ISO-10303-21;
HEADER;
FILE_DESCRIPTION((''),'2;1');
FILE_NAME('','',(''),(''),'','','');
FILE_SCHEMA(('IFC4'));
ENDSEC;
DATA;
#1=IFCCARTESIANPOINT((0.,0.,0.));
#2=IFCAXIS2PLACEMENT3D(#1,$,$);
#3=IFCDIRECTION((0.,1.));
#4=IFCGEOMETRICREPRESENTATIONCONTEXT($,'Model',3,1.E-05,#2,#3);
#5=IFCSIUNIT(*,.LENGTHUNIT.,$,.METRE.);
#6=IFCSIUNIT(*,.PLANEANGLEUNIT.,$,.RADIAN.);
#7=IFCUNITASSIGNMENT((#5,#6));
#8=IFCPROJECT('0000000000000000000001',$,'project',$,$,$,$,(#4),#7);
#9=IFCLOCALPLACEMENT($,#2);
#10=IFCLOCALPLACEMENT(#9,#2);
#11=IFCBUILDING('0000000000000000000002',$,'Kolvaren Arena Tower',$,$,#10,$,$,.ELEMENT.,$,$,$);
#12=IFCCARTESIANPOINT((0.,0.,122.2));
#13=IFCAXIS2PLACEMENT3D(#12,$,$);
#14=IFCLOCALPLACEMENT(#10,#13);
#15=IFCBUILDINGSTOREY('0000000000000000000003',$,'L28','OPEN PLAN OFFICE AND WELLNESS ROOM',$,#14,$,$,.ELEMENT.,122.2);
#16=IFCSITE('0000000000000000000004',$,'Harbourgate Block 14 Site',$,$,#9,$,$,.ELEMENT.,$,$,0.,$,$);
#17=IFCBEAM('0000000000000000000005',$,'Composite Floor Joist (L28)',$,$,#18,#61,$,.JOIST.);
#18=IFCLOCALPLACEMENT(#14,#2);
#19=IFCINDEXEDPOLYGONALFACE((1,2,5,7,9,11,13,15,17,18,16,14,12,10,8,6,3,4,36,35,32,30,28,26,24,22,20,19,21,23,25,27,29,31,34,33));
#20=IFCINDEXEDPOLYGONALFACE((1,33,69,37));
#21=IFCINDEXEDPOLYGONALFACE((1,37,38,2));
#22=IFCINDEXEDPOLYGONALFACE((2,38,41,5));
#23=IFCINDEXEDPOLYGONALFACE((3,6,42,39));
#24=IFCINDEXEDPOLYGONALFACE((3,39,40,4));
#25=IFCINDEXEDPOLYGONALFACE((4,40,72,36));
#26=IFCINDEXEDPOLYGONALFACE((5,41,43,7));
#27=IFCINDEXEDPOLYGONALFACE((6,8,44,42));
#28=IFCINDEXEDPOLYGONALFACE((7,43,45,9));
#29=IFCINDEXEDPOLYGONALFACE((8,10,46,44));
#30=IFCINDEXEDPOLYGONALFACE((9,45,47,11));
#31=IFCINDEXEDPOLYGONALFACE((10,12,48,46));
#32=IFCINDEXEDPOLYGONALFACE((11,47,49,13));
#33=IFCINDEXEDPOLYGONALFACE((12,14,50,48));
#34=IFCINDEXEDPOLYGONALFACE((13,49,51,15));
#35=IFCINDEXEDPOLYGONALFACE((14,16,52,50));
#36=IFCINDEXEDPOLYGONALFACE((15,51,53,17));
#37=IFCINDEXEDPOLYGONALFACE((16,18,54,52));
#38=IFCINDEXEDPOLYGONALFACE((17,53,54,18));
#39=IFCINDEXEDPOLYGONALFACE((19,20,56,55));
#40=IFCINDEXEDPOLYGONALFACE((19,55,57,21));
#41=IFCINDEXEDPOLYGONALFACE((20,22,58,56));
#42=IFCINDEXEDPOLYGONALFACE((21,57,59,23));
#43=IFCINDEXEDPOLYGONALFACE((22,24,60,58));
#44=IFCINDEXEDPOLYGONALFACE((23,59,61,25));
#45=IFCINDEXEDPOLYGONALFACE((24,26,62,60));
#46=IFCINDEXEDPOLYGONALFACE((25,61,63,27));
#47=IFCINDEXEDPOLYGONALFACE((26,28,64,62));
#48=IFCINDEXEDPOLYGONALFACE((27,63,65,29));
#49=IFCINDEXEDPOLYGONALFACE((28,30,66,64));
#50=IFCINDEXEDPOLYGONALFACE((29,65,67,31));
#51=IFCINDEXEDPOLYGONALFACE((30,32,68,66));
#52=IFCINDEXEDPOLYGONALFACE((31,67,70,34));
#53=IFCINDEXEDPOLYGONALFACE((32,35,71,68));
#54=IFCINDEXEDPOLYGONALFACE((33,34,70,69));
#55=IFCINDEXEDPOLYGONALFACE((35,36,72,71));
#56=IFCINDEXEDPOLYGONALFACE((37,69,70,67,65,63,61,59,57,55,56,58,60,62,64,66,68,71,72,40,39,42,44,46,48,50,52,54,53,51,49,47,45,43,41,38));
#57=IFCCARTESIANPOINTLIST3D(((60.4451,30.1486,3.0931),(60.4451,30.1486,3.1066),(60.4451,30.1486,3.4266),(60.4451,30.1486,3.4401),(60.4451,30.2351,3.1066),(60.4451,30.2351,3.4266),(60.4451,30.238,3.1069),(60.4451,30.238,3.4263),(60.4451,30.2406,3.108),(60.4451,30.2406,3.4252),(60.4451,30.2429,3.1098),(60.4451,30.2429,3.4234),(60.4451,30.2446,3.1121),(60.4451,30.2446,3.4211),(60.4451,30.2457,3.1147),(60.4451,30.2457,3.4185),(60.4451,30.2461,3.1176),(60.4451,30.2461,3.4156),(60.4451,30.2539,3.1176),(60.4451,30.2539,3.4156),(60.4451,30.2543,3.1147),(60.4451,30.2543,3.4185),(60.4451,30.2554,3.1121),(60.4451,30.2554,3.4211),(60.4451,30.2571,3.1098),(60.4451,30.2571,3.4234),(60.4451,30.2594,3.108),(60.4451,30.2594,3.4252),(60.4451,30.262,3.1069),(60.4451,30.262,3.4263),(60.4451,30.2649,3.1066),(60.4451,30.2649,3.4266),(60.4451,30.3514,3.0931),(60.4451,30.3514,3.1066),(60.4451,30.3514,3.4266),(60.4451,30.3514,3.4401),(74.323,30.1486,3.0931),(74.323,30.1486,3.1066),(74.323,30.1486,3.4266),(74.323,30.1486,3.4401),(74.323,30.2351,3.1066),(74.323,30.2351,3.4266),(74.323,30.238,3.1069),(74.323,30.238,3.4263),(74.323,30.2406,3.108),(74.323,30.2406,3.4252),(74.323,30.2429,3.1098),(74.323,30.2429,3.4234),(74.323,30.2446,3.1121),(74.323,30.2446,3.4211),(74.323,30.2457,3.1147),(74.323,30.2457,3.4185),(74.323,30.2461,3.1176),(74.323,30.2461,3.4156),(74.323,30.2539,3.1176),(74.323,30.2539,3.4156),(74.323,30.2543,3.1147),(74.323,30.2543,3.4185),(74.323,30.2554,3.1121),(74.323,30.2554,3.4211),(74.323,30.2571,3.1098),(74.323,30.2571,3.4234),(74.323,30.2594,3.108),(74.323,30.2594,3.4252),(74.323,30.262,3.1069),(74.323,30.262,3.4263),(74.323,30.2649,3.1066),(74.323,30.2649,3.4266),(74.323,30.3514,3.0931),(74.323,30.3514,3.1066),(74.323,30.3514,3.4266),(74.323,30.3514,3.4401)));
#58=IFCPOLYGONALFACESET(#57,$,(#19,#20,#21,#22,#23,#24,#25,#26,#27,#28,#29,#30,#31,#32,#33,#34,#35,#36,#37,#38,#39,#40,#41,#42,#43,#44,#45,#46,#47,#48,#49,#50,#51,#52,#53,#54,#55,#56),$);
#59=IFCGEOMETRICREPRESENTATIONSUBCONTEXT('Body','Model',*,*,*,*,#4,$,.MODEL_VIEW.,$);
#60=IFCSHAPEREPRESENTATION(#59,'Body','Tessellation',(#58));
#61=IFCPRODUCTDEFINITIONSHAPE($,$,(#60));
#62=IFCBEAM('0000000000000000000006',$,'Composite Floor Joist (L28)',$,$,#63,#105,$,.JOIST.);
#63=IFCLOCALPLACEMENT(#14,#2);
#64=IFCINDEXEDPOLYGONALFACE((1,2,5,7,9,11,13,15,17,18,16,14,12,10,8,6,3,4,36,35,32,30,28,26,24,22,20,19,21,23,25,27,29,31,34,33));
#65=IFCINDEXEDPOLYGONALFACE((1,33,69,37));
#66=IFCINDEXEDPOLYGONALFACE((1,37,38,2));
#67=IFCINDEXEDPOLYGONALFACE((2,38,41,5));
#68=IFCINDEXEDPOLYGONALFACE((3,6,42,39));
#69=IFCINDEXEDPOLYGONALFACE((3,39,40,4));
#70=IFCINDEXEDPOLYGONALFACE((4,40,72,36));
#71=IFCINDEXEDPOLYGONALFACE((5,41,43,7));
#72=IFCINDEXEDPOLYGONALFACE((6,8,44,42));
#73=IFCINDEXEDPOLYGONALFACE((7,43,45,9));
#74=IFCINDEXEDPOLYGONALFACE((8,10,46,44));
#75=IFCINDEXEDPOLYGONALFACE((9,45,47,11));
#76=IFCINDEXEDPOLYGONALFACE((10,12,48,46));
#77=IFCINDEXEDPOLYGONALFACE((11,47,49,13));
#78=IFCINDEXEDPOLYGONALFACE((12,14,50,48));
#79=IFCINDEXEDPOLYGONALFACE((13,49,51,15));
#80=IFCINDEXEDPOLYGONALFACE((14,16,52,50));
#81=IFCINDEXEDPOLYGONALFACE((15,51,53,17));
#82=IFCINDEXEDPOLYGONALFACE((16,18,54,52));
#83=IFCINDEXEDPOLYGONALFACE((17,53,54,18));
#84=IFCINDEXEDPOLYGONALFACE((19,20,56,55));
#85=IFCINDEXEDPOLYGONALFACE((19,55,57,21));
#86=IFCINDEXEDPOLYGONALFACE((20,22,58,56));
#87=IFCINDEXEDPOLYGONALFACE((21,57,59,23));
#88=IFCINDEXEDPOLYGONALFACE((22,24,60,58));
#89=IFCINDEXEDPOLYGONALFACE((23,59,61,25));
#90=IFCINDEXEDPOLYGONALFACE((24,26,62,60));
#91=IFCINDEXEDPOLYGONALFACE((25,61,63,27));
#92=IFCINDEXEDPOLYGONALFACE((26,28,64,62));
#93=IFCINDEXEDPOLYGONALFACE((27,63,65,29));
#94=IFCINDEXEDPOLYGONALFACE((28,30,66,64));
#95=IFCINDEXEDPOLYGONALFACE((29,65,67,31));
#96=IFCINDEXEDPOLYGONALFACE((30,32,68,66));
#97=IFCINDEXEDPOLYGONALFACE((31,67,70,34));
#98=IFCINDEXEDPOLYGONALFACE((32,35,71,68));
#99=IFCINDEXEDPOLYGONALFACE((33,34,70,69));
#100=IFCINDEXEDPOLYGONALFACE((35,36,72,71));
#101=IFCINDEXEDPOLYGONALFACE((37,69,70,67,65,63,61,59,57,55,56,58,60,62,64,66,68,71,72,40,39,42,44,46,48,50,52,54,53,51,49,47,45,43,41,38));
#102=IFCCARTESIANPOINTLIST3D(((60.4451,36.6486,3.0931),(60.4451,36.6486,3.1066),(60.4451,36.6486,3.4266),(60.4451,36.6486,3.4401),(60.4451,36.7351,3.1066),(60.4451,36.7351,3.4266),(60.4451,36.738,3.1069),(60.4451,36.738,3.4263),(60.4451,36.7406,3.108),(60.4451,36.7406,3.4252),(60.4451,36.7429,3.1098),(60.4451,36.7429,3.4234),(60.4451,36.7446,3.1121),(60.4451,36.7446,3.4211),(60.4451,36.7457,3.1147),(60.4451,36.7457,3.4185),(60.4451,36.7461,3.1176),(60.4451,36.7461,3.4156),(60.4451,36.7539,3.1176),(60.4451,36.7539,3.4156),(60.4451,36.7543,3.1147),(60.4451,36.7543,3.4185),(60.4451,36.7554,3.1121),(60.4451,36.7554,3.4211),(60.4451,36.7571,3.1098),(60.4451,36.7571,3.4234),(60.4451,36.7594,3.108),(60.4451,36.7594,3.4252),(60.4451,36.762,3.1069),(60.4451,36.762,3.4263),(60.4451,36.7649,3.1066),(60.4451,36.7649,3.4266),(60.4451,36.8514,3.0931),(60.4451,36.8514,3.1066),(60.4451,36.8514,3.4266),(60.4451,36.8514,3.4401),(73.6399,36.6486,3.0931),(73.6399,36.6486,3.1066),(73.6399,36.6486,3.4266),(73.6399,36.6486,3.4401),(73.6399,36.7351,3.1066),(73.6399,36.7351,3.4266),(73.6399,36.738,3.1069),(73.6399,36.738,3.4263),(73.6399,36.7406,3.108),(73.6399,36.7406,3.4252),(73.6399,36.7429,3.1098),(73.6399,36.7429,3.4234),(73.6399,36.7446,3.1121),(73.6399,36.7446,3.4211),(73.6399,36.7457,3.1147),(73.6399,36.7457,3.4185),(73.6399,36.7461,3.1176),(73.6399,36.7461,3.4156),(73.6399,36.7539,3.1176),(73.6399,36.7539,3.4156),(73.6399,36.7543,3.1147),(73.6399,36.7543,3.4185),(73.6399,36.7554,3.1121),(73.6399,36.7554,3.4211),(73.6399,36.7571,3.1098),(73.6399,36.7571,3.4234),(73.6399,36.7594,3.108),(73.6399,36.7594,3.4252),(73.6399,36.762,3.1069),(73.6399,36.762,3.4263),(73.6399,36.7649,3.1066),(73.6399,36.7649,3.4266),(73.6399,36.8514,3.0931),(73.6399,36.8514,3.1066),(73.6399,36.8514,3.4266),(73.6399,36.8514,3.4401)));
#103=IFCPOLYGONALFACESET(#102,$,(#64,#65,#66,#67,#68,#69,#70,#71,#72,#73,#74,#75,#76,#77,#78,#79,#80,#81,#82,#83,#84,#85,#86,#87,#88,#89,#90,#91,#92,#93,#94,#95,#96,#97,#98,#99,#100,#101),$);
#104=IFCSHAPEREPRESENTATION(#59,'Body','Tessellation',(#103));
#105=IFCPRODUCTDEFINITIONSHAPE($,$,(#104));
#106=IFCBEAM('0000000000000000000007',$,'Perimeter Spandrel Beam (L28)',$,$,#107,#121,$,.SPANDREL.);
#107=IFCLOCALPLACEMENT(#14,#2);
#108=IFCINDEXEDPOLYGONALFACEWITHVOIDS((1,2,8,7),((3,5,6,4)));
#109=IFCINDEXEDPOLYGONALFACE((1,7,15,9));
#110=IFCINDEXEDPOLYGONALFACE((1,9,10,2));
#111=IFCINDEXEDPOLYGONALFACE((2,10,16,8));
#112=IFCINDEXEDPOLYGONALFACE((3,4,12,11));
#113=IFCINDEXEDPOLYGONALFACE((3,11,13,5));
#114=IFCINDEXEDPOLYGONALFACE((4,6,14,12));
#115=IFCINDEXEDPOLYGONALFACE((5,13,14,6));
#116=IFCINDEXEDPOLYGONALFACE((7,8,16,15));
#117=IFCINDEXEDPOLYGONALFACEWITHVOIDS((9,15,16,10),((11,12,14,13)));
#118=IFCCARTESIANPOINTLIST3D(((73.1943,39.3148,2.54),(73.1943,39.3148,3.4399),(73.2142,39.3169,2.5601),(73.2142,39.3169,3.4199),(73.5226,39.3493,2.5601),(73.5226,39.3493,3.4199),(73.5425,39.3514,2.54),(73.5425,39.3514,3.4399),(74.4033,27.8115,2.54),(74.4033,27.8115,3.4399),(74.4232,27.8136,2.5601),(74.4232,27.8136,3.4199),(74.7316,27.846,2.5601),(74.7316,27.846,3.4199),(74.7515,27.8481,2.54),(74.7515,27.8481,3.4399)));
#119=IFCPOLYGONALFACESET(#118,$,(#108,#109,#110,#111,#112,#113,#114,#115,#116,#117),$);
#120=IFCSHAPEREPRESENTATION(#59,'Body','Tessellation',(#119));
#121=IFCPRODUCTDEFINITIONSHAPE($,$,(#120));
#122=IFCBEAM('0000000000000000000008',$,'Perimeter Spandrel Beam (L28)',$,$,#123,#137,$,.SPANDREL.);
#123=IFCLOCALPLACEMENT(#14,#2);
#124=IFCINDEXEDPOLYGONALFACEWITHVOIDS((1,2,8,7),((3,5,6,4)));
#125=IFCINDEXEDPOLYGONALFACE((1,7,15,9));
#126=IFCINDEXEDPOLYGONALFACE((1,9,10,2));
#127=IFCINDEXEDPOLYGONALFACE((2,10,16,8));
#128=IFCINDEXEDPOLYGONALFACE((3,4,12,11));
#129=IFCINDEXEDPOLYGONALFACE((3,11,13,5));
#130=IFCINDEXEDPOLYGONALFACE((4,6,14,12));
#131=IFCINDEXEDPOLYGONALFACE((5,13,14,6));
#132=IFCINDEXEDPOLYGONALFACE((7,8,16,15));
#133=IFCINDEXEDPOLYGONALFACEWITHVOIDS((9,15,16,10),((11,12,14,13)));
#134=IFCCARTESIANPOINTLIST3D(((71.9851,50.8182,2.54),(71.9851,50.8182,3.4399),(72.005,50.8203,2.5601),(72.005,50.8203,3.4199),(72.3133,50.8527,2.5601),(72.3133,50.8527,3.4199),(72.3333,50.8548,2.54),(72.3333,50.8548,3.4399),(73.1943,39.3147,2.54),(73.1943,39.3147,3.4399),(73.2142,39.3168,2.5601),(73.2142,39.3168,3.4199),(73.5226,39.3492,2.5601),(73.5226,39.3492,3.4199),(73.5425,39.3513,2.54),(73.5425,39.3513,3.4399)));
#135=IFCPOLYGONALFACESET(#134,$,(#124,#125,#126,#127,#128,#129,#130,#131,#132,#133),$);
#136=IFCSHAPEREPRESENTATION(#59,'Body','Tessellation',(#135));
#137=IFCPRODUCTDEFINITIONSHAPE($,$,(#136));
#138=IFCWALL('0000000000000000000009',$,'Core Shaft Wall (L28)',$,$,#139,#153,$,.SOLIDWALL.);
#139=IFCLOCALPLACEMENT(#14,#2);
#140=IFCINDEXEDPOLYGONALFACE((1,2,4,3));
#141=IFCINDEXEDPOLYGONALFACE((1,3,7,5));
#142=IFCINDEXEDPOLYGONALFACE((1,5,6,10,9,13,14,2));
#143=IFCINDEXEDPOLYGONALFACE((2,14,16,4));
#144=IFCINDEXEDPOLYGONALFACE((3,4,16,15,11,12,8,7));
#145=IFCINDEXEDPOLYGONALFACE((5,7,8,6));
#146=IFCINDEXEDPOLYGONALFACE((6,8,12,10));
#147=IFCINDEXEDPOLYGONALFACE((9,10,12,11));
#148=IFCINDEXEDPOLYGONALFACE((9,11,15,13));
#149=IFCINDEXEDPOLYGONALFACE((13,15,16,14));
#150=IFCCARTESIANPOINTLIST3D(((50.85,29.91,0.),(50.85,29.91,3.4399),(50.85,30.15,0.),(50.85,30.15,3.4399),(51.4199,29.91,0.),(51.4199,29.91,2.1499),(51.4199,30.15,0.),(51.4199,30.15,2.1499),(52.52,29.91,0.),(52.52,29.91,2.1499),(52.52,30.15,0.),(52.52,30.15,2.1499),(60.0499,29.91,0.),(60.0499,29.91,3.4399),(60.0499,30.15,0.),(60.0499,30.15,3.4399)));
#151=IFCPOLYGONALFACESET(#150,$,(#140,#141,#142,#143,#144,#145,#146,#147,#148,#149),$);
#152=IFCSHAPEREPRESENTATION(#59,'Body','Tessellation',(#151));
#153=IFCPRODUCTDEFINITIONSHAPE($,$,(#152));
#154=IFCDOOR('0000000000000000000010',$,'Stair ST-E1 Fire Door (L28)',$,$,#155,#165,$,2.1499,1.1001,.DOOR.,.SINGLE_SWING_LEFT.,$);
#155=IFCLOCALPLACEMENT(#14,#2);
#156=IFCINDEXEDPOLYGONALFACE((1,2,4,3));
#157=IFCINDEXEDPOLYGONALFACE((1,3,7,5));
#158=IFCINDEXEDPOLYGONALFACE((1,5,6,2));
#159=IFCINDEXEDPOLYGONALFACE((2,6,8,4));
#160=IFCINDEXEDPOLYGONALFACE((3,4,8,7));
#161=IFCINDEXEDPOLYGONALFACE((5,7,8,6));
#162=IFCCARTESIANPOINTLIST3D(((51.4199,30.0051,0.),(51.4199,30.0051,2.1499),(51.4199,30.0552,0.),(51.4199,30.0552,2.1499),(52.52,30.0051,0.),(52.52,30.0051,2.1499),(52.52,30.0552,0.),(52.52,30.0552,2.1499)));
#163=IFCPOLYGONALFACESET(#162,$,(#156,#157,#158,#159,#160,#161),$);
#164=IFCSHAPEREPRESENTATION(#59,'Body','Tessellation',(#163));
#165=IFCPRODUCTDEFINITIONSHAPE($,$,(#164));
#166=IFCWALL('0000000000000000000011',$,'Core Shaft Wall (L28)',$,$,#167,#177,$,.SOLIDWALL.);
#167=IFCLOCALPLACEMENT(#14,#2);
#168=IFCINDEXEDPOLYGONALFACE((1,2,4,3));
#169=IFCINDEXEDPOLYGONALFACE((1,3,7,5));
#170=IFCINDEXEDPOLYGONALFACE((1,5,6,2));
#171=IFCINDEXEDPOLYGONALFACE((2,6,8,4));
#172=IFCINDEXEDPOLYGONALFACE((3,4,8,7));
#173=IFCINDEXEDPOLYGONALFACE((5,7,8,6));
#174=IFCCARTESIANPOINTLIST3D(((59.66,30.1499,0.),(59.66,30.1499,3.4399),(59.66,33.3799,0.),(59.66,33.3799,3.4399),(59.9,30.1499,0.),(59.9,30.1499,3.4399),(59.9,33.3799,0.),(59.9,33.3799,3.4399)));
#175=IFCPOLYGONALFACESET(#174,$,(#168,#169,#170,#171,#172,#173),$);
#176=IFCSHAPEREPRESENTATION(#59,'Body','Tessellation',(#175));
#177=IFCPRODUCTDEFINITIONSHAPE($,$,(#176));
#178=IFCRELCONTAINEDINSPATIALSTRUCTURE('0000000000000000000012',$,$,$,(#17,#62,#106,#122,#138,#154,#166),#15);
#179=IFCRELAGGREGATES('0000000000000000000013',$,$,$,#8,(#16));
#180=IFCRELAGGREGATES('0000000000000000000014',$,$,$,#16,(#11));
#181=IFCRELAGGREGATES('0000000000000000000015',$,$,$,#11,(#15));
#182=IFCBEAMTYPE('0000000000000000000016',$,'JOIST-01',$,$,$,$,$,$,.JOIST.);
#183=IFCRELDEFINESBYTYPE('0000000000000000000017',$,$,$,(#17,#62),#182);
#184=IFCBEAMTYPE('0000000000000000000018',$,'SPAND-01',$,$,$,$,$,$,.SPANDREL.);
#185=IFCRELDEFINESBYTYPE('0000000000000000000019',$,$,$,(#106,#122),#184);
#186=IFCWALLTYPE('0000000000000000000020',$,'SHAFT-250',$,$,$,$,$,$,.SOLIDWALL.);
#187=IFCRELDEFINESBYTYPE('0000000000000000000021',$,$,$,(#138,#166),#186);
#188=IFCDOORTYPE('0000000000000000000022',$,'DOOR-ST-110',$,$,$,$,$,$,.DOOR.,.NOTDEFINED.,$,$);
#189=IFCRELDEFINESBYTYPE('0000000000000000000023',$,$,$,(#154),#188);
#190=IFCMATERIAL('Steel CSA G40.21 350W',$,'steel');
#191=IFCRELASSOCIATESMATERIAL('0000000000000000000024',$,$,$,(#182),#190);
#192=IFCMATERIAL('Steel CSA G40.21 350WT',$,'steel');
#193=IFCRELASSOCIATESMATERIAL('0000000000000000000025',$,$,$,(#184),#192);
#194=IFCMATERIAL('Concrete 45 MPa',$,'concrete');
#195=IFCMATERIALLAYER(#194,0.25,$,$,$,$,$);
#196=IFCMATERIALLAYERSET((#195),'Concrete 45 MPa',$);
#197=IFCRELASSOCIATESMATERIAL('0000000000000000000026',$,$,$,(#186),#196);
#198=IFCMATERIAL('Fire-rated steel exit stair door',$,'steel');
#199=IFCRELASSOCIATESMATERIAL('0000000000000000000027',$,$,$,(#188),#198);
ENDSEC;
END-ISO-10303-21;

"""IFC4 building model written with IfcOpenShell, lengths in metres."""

from ifc_helpers import new_model, si_unit, direction, frame, frame_2d, origin, origin_2d, place, context, subcontext, project, spatial, rectangle, hollow_rectangle, i_section, extrude, material, layer, layer_set, material_profile, profile_set, type_object, element, fill, save


model = new_model("IFC4")

# Units and contexts
model_context = context("Model", 3, precision=1e-05, world=origin(), true_north=direction((0.0, 1.0)))
body_context = subcontext(model_context, "Body", "Model", "MODEL_VIEW")
ifc_project = project(units=[si_unit("LENGTHUNIT", "METRE"), si_unit("PLANEANGLEUNIT", "RADIAN")], contexts=[model_context])

# Site, building, storey
site_placement = place(None, origin())
site = spatial("IfcSite", under=ifc_project, at=site_placement, Name="Harbourgate Block 14 Site", CompositionType="ELEMENT", RefElevation=0.0)
building_placement = place(site_placement, origin())
building = spatial("IfcBuilding", under=site, at=building_placement, Name="Kolvaren Arena Tower", CompositionType="ELEMENT")
storey_placement = place(building_placement, frame((0.0, 0.0, 122.2)))
storey = spatial("IfcBuildingStorey", under=building, at=storey_placement, Name="L28", Description="OPEN PLAN OFFICE AND WELLNESS ROOM", CompositionType="ELEMENT", Elevation=122.2)

# Beams
ifc_material_1 = material(Name="Steel CSA G40.21 350W", Category="steel")
ifc_material_profile_1 = material_profile(ifc_material_1, i_section(OverallWidth=0.2029, OverallDepth=0.3469, WebThickness=0.0078, FlangeThickness=0.0134, FilletRadius=0.011, at=origin_2d()), Name="W360x64")
ifc_profile_set_1 = profile_set([ifc_material_profile_1], Name="Steel CSA G40.21 350W")
beam_type_1 = type_object("IfcBeamType", Name="JOIST-01", PredefinedType="JOIST", material=ifc_profile_set_1)
beam_1_placement = place(storey_placement, frame((60.4451, 30.25, 3.2666), z_axis=(1.0, 0.0, 0.0), x_axis=(0.0, 1.0, 0.0)))
element("IfcBeam", 1, at=beam_1_placement, inside=storey, type_object=beam_type_1, Name="Composite Floor Joist (L28)", PredefinedType="JOIST", context=body_context, shape_type="SweptSolid", body=[
    extrude(i_section(OverallWidth=0.2029, OverallDepth=0.3469, WebThickness=0.0078, FlangeThickness=0.0134, FilletRadius=0.011, at=origin_2d()), origin(), (0.0, 0.0, 1.0), 13.8779),
])
beam_2_placement = place(storey_placement, frame((60.4451, 36.75, 3.2666), z_axis=(1.0, 0.0, 0.0), x_axis=(0.0, 1.0, 0.0)))
element("IfcBeam", 2, at=beam_2_placement, inside=storey, type_object=beam_type_1, Name="Composite Floor Joist (L28)", PredefinedType="JOIST", context=body_context, shape_type="SweptSolid", body=[
    extrude(i_section(OverallWidth=0.2029, OverallDepth=0.3469, WebThickness=0.0078, FlangeThickness=0.0134, FilletRadius=0.011, at=origin_2d()), origin(), (0.0, 0.0, 1.0), 13.1948),
])
ifc_material_2 = material(Name="Steel CSA G40.21 350WT", Category="steel")
ifc_material_profile_2 = material_profile(ifc_material_2, hollow_rectangle(XDim=0.3501, YDim=0.8999, WallThickness=0.02, at=origin_2d()), Name="HSS 900x350x20")
ifc_profile_set_2 = profile_set([ifc_material_profile_2], Name="Steel CSA G40.21 350WT")
beam_type_2 = type_object("IfcBeamType", Name="SPAND-01", PredefinedType="SPANDREL", material=ifc_profile_set_2)
beam_3_placement = place(storey_placement, frame((74.5774, 27.8298, 2.99), z_axis=(-0.104524, 0.994522, 0.0), x_axis=(-0.994522, -0.104524, 0.0)))
element("IfcBeam", 3, at=beam_3_placement, inside=storey, type_object=beam_type_2, Name="Perimeter Spandrel Beam (L28)", PredefinedType="SPANDREL", context=body_context, shape_type="SweptSolid", body=[
    extrude(hollow_rectangle(XDim=0.3501, YDim=0.8999, WallThickness=0.02, at=origin_2d()), origin(), (0.0, 0.0, 1.0), 11.5667),
])
beam_4_placement = place(storey_placement, frame((73.3684, 39.333, 2.99), z_axis=(-0.104543, 0.99452, 0.0), x_axis=(-0.99452, -0.104543, 0.0)))
element("IfcBeam", 4, at=beam_4_placement, inside=storey, type_object=beam_type_2, Name="Perimeter Spandrel Beam (L28)", PredefinedType="SPANDREL", context=body_context, shape_type="SweptSolid", body=[
    extrude(hollow_rectangle(XDim=0.3501, YDim=0.8999, WallThickness=0.02, at=origin_2d()), origin(), (0.0, 0.0, 1.0), 11.5669),
])

# Wall, opening, door
ifc_material_3 = material(Name="Concrete 45 MPa", Category="concrete")
ifc_layer = layer(ifc_material_3, 0.25)
ifc_layer_set = layer_set([ifc_layer], Name="Concrete 45 MPa")
wall_type = type_object("IfcWallType", Name="SHAFT-250", PredefinedType="SOLIDWALL", material=ifc_layer_set)
wall_1_placement = place(storey_placement, frame((60.05, 30.03, 0.0), z_axis=(0.0, 0.0, 1.0), x_axis=(-1.0, 0.0, 0.0)))
wall_1 = element("IfcWall", 5, at=wall_1_placement, inside=storey, type_object=wall_type, Name="Core Shaft Wall (L28)", PredefinedType="SOLIDWALL", context=body_context, shape_type="SweptSolid", body=[
    extrude(rectangle(XDim=9.2, YDim=0.24, at=frame_2d((4.6001, 0.0))), origin(), (0.0, 0.0, 1.0), 3.4399),
])
opening_1_placement = place(wall_1_placement, frame((7.53, 0.0, 0.0)))
opening_1 = element("IfcOpeningElement", 6, at=opening_1_placement, cuts=wall_1, PredefinedType="OPENING", context=body_context, shape_type="SweptSolid", body=[
    extrude(rectangle(XDim=1.1001, YDim=2.1499, at=frame_2d((0.55, 1.075))), frame((0.0, 0.1299, 0.0), z_axis=(0.0, -1.0, 0.0), x_axis=(1.0, 0.0, 0.0)), (0.0, 0.0, 1.0), 0.26),
])
ifc_material_4 = material(Name="Fire-rated steel exit stair door", Category="steel")
door_type = type_object("IfcDoorType", Name="DOOR-ST-110", OperationType="NOTDEFINED", PredefinedType="DOOR", material=ifc_material_4)
door_1_placement = place(opening_1_placement, origin())
door_1 = element("IfcDoor", 7, at=door_1_placement, inside=storey, type_object=door_type, Name="Stair ST-E1 Fire Door (L28)", OperationType="SINGLE_SWING_LEFT", OverallHeight=2.1499, OverallWidth=1.1001, PredefinedType="DOOR", context=body_context, shape_type="SweptSolid", body=[
    extrude(rectangle(XDim=1.1001, YDim=2.1499, at=frame_2d((0.55, 1.075))), frame((0.0, 0.0249, 0.0), z_axis=(0.0, -1.0, 0.0), x_axis=(1.0, 0.0, 0.0)), (0.0, 0.0, 1.0), 0.05),
])
fill(opening_1, door_1)

# Wall
wall_2_placement = place(storey_placement, frame((59.78, 30.1499, 0.0), z_axis=(0.0, 0.0, 1.0), x_axis=(0.0, 1.0, 0.0)))
element("IfcWall", 8, at=wall_2_placement, inside=storey, type_object=wall_type, Name="Core Shaft Wall (L28)", PredefinedType="SOLIDWALL", context=body_context, shape_type="SweptSolid", body=[
    extrude(rectangle(XDim=3.23, YDim=0.24, at=frame_2d((1.615, 0.0))), origin(), (0.0, 0.0, 1.0), 3.4399),
])

save(model, "model.ifc")
